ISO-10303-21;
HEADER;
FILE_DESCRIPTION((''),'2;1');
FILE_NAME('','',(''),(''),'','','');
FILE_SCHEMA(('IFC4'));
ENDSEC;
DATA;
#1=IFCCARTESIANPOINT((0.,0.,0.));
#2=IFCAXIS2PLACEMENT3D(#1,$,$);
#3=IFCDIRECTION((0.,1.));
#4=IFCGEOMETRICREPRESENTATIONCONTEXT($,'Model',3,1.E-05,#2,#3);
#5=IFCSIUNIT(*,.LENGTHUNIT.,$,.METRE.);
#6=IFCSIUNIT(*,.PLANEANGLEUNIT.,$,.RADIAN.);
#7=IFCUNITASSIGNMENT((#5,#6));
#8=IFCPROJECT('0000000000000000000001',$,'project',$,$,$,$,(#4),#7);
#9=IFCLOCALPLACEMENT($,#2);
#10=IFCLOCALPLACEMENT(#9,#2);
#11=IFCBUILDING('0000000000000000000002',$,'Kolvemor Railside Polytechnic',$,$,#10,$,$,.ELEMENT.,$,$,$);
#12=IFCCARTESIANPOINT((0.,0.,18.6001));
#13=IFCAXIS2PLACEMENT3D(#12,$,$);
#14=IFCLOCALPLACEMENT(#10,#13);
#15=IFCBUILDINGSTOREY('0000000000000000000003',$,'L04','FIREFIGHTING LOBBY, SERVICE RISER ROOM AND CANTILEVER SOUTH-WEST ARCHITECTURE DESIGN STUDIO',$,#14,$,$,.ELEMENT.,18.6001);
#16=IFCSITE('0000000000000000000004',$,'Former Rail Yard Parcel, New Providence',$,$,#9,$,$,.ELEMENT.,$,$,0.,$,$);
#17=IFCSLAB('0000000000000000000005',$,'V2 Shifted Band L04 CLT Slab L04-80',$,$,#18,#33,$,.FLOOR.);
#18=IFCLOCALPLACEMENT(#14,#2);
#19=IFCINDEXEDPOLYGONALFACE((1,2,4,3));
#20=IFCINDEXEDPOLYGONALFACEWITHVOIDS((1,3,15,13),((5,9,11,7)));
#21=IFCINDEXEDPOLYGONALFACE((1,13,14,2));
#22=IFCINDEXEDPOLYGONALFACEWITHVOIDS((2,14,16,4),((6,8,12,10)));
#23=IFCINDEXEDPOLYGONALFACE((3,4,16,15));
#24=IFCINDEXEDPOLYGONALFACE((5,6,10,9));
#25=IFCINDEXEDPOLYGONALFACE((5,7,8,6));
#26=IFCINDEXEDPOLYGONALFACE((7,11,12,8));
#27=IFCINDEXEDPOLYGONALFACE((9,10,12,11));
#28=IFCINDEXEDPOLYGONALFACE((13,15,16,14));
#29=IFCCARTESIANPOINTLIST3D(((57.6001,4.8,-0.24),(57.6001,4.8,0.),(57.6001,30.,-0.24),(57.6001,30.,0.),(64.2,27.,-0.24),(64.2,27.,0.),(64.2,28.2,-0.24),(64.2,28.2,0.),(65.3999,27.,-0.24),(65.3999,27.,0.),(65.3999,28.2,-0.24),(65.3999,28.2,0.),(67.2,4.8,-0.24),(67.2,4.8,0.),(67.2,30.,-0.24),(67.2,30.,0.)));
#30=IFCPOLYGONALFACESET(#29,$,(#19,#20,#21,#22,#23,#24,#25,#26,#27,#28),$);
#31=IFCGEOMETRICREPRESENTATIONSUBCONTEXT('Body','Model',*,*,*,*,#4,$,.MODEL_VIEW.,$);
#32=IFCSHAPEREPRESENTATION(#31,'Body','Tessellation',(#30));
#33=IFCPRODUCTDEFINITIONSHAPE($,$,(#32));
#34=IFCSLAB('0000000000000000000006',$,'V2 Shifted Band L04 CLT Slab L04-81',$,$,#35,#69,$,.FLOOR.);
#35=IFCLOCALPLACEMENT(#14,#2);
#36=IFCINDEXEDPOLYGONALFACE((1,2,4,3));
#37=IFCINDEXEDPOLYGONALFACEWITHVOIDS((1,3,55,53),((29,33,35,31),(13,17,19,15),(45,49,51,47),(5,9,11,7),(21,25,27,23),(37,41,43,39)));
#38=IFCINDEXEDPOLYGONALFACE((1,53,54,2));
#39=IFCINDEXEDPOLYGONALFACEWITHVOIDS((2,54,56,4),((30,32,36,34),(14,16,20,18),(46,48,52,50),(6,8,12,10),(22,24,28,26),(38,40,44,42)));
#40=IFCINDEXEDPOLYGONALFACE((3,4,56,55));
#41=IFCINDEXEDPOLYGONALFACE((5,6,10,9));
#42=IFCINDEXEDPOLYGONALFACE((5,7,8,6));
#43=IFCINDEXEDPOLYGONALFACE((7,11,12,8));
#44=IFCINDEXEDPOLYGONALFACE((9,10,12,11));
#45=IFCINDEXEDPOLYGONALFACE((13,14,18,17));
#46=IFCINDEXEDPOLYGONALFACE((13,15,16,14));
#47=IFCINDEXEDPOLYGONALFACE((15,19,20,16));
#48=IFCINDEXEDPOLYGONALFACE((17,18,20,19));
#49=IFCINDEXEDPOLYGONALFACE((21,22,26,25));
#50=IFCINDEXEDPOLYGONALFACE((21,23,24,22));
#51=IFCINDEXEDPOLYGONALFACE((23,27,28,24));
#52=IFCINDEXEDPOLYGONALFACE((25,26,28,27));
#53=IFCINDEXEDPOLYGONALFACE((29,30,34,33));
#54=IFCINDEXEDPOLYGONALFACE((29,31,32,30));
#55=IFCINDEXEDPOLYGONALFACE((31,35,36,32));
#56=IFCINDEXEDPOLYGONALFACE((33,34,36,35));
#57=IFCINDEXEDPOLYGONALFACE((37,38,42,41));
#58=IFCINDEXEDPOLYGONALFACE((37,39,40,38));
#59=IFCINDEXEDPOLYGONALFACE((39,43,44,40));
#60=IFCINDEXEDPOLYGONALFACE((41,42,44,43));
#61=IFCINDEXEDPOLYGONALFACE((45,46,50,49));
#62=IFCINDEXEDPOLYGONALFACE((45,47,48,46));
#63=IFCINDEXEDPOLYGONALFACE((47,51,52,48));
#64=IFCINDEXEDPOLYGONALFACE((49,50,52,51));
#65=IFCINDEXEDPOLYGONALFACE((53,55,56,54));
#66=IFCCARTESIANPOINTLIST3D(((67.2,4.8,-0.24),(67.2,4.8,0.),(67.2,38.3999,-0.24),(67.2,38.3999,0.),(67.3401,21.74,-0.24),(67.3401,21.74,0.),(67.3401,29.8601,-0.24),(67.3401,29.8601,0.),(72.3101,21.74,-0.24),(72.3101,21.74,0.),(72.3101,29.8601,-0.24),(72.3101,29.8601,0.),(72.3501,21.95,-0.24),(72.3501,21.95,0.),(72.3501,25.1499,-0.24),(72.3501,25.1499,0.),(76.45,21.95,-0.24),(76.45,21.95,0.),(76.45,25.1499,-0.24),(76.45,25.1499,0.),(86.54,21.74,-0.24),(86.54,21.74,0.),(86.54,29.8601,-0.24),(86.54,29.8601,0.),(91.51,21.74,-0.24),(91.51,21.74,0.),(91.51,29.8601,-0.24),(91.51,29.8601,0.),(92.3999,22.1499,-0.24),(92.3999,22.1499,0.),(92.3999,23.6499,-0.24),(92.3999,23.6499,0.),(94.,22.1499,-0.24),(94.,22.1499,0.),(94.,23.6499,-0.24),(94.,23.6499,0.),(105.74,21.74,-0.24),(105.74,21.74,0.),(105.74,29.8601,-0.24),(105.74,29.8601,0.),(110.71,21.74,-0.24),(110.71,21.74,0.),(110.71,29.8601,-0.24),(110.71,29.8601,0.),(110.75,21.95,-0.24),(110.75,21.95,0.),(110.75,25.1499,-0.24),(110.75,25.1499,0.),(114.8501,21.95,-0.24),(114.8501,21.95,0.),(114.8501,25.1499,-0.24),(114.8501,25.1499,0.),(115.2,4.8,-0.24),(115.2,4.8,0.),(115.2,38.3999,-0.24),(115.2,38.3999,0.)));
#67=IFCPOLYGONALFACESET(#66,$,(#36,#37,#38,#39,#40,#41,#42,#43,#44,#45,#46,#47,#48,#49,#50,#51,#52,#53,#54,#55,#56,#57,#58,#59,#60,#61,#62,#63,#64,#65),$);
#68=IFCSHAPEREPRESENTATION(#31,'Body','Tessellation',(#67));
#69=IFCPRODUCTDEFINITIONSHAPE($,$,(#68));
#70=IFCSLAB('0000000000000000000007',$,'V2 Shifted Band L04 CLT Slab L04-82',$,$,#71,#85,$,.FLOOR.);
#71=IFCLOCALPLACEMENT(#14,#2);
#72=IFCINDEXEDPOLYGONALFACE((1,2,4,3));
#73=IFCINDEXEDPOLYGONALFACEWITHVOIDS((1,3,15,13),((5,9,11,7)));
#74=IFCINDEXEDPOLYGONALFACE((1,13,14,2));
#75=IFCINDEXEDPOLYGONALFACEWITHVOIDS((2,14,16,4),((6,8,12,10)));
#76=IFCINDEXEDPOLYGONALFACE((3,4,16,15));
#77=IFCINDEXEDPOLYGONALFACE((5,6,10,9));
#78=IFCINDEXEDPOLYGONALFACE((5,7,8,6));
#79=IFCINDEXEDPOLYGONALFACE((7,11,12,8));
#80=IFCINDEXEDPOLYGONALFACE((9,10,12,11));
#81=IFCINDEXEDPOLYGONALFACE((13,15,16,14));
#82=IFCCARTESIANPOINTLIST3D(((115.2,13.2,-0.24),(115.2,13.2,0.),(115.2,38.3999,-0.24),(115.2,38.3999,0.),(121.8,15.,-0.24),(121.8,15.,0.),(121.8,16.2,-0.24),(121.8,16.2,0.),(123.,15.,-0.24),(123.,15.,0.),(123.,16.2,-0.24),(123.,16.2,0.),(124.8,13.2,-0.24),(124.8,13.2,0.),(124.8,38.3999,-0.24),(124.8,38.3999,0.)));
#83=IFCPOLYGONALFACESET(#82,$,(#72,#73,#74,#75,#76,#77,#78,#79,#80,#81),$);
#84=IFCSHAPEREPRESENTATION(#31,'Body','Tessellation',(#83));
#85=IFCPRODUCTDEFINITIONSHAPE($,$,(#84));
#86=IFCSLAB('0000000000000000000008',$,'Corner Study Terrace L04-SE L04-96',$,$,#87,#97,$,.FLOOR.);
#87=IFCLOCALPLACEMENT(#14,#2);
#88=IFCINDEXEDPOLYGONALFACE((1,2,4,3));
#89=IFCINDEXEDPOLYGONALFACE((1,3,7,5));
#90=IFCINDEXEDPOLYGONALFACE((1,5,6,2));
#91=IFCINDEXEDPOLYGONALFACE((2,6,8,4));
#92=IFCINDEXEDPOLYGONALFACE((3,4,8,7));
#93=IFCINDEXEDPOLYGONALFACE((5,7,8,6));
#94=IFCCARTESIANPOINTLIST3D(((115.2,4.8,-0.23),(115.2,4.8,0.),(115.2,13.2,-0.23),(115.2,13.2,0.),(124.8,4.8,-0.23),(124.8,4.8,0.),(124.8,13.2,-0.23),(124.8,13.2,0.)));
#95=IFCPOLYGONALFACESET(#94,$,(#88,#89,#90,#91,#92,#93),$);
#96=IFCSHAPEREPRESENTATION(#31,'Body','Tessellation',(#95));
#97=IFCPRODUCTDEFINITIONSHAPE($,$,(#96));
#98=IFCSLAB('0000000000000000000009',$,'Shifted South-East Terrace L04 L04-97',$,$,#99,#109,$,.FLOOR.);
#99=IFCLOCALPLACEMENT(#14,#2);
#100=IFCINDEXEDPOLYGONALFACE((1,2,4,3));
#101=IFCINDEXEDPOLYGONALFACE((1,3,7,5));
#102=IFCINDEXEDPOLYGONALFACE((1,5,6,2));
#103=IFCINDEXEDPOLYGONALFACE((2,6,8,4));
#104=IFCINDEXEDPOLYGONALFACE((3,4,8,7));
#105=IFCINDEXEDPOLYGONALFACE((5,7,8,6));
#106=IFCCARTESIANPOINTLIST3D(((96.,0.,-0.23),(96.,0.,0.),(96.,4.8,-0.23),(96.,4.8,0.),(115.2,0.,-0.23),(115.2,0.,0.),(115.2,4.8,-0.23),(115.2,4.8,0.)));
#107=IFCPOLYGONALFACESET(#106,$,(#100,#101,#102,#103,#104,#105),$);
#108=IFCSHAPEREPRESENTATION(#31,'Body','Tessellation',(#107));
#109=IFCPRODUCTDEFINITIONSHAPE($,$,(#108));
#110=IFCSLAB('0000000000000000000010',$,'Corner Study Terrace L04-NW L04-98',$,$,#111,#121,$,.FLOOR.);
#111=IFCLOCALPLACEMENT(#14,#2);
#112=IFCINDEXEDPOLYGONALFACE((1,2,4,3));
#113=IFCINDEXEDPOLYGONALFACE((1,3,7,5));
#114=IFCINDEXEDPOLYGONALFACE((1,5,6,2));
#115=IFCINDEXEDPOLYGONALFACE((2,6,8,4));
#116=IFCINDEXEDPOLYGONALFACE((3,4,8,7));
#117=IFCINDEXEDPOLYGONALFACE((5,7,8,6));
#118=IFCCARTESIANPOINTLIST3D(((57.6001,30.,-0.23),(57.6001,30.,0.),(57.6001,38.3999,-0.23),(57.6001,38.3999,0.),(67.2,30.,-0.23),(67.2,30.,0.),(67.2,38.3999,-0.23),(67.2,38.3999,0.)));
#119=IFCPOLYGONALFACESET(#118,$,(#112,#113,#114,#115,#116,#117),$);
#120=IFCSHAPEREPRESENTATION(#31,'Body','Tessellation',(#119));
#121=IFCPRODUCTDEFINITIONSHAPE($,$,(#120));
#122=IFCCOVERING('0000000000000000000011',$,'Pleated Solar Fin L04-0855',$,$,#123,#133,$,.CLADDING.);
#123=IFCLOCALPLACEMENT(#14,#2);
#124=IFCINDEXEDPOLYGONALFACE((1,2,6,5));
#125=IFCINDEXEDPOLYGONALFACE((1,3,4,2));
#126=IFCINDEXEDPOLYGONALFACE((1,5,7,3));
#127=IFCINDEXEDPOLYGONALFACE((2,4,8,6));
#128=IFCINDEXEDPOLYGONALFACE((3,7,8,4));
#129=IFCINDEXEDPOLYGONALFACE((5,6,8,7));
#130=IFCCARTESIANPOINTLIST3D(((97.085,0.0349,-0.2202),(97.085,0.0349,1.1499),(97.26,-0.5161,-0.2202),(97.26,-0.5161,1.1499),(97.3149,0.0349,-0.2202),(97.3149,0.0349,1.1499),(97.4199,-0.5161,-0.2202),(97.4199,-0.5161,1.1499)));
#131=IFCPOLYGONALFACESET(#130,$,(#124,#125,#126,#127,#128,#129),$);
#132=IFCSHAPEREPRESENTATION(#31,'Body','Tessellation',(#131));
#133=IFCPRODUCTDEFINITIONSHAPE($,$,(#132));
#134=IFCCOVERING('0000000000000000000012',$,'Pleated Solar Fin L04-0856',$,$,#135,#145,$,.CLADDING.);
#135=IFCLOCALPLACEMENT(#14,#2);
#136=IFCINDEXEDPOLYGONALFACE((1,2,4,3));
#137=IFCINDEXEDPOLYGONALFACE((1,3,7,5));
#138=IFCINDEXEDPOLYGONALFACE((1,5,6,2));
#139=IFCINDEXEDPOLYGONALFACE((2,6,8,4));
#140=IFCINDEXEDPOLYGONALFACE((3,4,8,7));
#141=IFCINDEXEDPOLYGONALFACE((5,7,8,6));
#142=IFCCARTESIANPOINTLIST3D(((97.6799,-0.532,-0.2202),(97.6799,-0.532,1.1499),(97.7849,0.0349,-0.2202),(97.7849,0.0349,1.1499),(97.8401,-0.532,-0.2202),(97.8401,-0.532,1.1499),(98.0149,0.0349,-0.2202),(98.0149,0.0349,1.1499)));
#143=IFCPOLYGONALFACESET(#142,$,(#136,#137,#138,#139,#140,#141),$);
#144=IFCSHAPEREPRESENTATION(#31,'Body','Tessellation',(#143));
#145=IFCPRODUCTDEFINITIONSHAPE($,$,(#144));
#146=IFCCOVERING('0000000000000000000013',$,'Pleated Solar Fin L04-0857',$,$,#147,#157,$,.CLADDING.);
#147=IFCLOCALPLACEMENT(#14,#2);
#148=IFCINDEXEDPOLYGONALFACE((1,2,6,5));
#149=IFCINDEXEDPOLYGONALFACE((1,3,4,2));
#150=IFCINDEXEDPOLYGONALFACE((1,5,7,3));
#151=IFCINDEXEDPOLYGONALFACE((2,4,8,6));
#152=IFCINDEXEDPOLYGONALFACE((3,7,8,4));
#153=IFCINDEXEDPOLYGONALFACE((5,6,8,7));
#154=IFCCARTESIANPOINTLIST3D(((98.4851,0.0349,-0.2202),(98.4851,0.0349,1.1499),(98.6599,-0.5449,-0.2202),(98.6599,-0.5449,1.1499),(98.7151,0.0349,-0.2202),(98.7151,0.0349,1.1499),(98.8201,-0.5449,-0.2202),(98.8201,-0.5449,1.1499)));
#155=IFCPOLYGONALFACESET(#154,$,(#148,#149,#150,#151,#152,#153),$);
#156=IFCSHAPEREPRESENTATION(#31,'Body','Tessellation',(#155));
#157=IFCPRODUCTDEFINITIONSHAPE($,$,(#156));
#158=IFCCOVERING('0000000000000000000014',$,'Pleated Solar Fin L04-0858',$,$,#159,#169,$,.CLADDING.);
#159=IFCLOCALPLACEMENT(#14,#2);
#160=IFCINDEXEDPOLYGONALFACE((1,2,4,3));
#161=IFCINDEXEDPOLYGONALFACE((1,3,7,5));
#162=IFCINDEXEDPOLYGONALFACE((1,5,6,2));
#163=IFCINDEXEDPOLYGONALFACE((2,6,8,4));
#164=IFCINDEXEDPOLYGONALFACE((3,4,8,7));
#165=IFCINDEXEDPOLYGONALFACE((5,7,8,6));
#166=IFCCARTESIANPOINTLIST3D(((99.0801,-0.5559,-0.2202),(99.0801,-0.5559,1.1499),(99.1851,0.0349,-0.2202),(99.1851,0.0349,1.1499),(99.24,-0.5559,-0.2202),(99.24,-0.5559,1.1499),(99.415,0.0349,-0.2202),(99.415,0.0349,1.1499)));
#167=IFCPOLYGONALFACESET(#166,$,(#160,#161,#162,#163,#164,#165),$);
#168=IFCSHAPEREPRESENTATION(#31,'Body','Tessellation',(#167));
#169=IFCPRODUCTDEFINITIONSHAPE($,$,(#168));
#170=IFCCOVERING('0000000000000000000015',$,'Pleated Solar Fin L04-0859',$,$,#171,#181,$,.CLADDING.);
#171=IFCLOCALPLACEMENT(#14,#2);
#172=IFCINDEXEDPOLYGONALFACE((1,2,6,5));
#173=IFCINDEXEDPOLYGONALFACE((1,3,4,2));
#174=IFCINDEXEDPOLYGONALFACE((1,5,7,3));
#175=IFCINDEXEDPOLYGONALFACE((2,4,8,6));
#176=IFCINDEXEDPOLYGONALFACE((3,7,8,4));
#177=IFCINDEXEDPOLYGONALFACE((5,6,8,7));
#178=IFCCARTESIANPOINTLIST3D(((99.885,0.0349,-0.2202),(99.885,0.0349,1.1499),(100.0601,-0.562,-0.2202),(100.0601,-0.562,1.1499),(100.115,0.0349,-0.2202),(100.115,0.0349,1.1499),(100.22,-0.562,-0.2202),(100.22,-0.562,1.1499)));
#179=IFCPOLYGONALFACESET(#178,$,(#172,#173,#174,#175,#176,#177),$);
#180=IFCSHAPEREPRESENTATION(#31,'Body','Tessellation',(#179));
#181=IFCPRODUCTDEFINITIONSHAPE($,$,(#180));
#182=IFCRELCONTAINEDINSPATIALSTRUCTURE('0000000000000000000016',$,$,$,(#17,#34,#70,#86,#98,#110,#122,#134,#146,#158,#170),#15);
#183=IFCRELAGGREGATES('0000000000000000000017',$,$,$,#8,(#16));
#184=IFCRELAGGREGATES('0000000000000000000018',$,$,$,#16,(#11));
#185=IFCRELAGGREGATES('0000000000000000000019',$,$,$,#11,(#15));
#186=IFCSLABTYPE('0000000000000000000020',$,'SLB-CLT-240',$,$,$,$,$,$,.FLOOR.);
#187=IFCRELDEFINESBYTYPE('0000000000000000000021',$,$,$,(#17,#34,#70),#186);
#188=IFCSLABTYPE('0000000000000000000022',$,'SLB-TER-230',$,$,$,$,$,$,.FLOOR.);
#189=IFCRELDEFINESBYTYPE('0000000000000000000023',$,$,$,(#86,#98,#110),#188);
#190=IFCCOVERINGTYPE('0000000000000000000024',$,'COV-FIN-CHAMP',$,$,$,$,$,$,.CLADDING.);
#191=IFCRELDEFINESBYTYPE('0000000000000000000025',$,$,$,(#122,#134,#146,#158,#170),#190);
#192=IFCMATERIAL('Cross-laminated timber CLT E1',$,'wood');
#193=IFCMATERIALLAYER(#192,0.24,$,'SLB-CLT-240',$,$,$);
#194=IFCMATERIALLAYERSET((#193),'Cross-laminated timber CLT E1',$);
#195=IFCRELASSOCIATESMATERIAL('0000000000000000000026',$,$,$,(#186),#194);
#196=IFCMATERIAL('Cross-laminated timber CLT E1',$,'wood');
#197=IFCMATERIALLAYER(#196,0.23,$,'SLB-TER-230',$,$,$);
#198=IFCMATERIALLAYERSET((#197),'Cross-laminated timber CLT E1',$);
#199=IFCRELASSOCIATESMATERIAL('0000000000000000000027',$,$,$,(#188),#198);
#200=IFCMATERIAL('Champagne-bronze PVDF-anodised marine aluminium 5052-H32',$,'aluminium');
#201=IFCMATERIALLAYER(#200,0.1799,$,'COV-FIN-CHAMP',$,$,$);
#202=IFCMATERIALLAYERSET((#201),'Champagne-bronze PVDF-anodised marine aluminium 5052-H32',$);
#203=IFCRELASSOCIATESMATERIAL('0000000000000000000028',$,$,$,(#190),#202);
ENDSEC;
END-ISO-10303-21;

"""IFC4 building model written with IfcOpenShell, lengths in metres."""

from ifc_helpers import new_model, si_unit, direction, frame, origin, place, context, subcontext, project, spatial, polyline, outline, extrude, material, layer, layer_set, type_object, element, save


model = new_model("IFC4")

# Units and contexts
model_context = context("Model", 3, precision=1e-05, world=origin(), true_north=direction((0.0, 1.0)))
body_context = subcontext(model_context, "Body", "Model", "MODEL_VIEW")
ifc_project = project(units=[si_unit("LENGTHUNIT", "METRE"), si_unit("PLANEANGLEUNIT", "RADIAN")], contexts=[model_context])

# Site, building, storey
site_placement = place(None, origin())
site = spatial("IfcSite", under=ifc_project, at=site_placement, Name="Former Rail Yard Parcel, New Providence", CompositionType="ELEMENT", RefElevation=0.0)
building_placement = place(site_placement, origin())
building = spatial("IfcBuilding", under=site, at=building_placement, Name="Kolvemor Railside Polytechnic", CompositionType="ELEMENT")
storey_placement = place(building_placement, frame((0.0, 0.0, 18.6001)))
storey = spatial("IfcBuildingStorey", under=building, at=storey_placement, Name="L04", Description="FIREFIGHTING LOBBY, SERVICE RISER ROOM AND CANTILEVER SOUTH-WEST ARCHITECTURE DESIGN STUDIO", CompositionType="ELEMENT", Elevation=18.6001)

# Slabs
ifc_material_1 = material(Name="Cross-laminated timber CLT E1", Category="wood")
ifc_layer_1 = layer(ifc_material_1, 0.24, Name="SLB-CLT-240")
ifc_layer_set_1 = layer_set([ifc_layer_1], Name="Cross-laminated timber CLT E1")
slab_type_1 = type_object("IfcSlabType", Name="SLB-CLT-240", PredefinedType="FLOOR", material=ifc_layer_set_1)
slab_1_placement = place(storey_placement, frame((0.0, 0.0, -0.24)))
element("IfcSlab", 1, at=slab_1_placement, inside=storey, type_object=slab_type_1, Name="V2 Shifted Band L04 CLT Slab L04-80", PredefinedType="FLOOR", context=body_context, shape_type="SweptSolid", body=[
    extrude(outline(polyline([(57.6001, 4.8), (67.2, 4.8), (67.2, 30.0), (57.6001, 30.0), (57.6001, 4.8)]), holes=[polyline([(64.2, 27.0), (65.3999, 27.0), (65.3999, 28.2), (64.2, 28.2), (64.2, 27.0)])]), origin(), (0.0, 0.0, 1.0), 0.24),
])
slab_2_placement = place(storey_placement, frame((0.0, 0.0, -0.24)))
element("IfcSlab", 2, at=slab_2_placement, inside=storey, type_object=slab_type_1, Name="V2 Shifted Band L04 CLT Slab L04-81", PredefinedType="FLOOR", context=body_context, shape_type="SweptSolid", body=[
    extrude(outline(polyline([(67.2, 4.8), (115.2, 4.8), (115.2, 38.3999), (67.2, 38.3999), (67.2, 4.8)]), holes=[polyline([(67.3401, 21.74), (72.3101, 21.74), (72.3101, 29.8601), (67.3401, 29.8601), (67.3401, 21.74)]), polyline([(72.3501, 21.95), (76.45, 21.95), (76.45, 25.1499), (72.3501, 25.1499), (72.3501, 21.95)]), polyline([(105.74, 21.74), (110.71, 21.74), (110.71, 29.8601), (105.74, 29.8601), (105.74, 21.74)]), polyline([(110.75, 21.95), (114.8501, 21.95), (114.8501, 25.1499), (110.75, 25.1499), (110.75, 21.95)]), polyline([(86.54, 21.74), (91.51, 21.74), (91.51, 29.8601), (86.54, 29.8601), (86.54, 21.74)]), polyline([(92.3999, 22.1499), (94.0, 22.1499), (94.0, 23.6499), (92.3999, 23.6499), (92.3999, 22.1499)])]), origin(), (0.0, 0.0, 1.0), 0.24),
])
slab_3_placement = place(storey_placement, frame((0.0, 0.0, -0.24)))
element("IfcSlab", 3, at=slab_3_placement, inside=storey, type_object=slab_type_1, Name="V2 Shifted Band L04 CLT Slab L04-82", PredefinedType="FLOOR", context=body_context, shape_type="SweptSolid", body=[
    extrude(outline(polyline([(115.2, 13.2), (124.8, 13.2), (124.8, 38.3999), (115.2, 38.3999), (115.2, 13.2)]), holes=[polyline([(121.8, 15.0), (123.0, 15.0), (123.0, 16.2), (121.8, 16.2), (121.8, 15.0)])]), origin(), (0.0, 0.0, 1.0), 0.24),
])
ifc_material_2 = material(Name="Cross-laminated timber CLT E1", Category="wood")
ifc_layer_2 = layer(ifc_material_2, 0.23, Name="SLB-TER-230")
ifc_layer_set_2 = layer_set([ifc_layer_2], Name="Cross-laminated timber CLT E1")
slab_type_2 = type_object("IfcSlabType", Name="SLB-TER-230", PredefinedType="FLOOR", material=ifc_layer_set_2)
slab_4_placement = place(storey_placement, frame((0.0, 0.0, -0.23)))
element("IfcSlab", 4, at=slab_4_placement, inside=storey, type_object=slab_type_2, Name="Corner Study Terrace L04-SE L04-96", PredefinedType="FLOOR", context=body_context, shape_type="SweptSolid", body=[
    extrude(outline(polyline([(115.2, 4.8), (124.8, 4.8), (124.8, 13.2), (115.2, 13.2), (115.2, 4.8)])), origin(), (0.0, 0.0, 1.0), 0.23),
])
slab_5_placement = place(storey_placement, frame((0.0, 0.0, -0.23)))
element("IfcSlab", 5, at=slab_5_placement, inside=storey, type_object=slab_type_2, Name="Shifted South-East Terrace L04 L04-97", PredefinedType="FLOOR", context=body_context, shape_type="SweptSolid", body=[
    extrude(outline(polyline([(96.0, 0.0), (115.2, 0.0), (115.2, 4.8), (96.0, 4.8), (96.0, 0.0)])), origin(), (0.0, 0.0, 1.0), 0.23),
])
slab_6_placement = place(storey_placement, frame((0.0, 0.0, -0.23)))
element("IfcSlab", 6, at=slab_6_placement, inside=storey, type_object=slab_type_2, Name="Corner Study Terrace L04-NW L04-98", PredefinedType="FLOOR", context=body_context, shape_type="SweptSolid", body=[
    extrude(outline(polyline([(57.6001, 30.0), (67.2, 30.0), (67.2, 38.3999), (57.6001, 38.3999), (57.6001, 30.0)])), origin(), (0.0, 0.0, 1.0), 0.23),
])

# Coverings
ifc_material_3 = material(Name="Champagne-bronze PVDF-anodised marine aluminium 5052-H32", Category="aluminium")
ifc_layer_3 = layer(ifc_material_3, 0.1799, Name="COV-FIN-CHAMP")
ifc_layer_set_3 = layer_set([ifc_layer_3], Name="Champagne-bronze PVDF-anodised marine aluminium 5052-H32")
covering_type_1 = type_object("IfcCoveringType", Name="COV-FIN-CHAMP", PredefinedType="CLADDING", material=ifc_layer_set_3)
covering_1_placement = place(storey_placement, frame((0.0, 0.0, -0.2202)))
element("IfcCovering", 7, at=covering_1_placement, inside=storey, type_object=covering_type_1, Name="Pleated Solar Fin L04-0855", PredefinedType="CLADDING", context=body_context, shape_type="SweptSolid", body=[
    extrude(outline(polyline([(97.085, 0.0349), (97.3149, 0.0349), (97.4199, -0.5161), (97.26, -0.5161), (97.085, 0.0349)])), origin(), (0.0, 0.0, 1.0), 1.3701),
])
covering_2_placement = place(storey_placement, frame((0.0, 0.0, -0.2202)))
element("IfcCovering", 8, at=covering_2_placement, inside=storey, type_object=covering_type_1, Name="Pleated Solar Fin L04-0856", PredefinedType="CLADDING", context=body_context, shape_type="SweptSolid", body=[
    extrude(outline(polyline([(97.7849, 0.0349), (98.0149, 0.0349), (97.8401, -0.532), (97.6799, -0.532), (97.7849, 0.0349)])), origin(), (0.0, 0.0, 1.0), 1.3701),
])
covering_3_placement = place(storey_placement, frame((0.0, 0.0, -0.2202)))
element("IfcCovering", 9, at=covering_3_placement, inside=storey, type_object=covering_type_1, Name="Pleated Solar Fin L04-0857", PredefinedType="CLADDING", context=body_context, shape_type="SweptSolid", body=[
    extrude(outline(polyline([(98.4851, 0.0349), (98.7151, 0.0349), (98.8201, -0.5449), (98.6599, -0.5449), (98.4851, 0.0349)])), origin(), (0.0, 0.0, 1.0), 1.3701),
])
covering_4_placement = place(storey_placement, frame((0.0, 0.0, -0.2202)))
element("IfcCovering", 10, at=covering_4_placement, inside=storey, type_object=covering_type_1, Name="Pleated Solar Fin L04-0858", PredefinedType="CLADDING", context=body_context, shape_type="SweptSolid", body=[
    extrude(outline(polyline([(99.1851, 0.0349), (99.415, 0.0349), (99.24, -0.5559), (99.0801, -0.5559), (99.1851, 0.0349)])), origin(), (0.0, 0.0, 1.0), 1.3701),
])
covering_5_placement = place(storey_placement, frame((0.0, 0.0, -0.2202)))
element("IfcCovering", 11, at=covering_5_placement, inside=storey, type_object=covering_type_1, Name="Pleated Solar Fin L04-0859", PredefinedType="CLADDING", context=body_context, shape_type="SweptSolid", body=[
    extrude(outline(polyline([(99.885, 0.0349), (100.115, 0.0349), (100.22, -0.562), (100.0601, -0.562), (99.885, 0.0349)])), origin(), (0.0, 0.0, 1.0), 1.3701),
])

save(model, "model.ifc")
